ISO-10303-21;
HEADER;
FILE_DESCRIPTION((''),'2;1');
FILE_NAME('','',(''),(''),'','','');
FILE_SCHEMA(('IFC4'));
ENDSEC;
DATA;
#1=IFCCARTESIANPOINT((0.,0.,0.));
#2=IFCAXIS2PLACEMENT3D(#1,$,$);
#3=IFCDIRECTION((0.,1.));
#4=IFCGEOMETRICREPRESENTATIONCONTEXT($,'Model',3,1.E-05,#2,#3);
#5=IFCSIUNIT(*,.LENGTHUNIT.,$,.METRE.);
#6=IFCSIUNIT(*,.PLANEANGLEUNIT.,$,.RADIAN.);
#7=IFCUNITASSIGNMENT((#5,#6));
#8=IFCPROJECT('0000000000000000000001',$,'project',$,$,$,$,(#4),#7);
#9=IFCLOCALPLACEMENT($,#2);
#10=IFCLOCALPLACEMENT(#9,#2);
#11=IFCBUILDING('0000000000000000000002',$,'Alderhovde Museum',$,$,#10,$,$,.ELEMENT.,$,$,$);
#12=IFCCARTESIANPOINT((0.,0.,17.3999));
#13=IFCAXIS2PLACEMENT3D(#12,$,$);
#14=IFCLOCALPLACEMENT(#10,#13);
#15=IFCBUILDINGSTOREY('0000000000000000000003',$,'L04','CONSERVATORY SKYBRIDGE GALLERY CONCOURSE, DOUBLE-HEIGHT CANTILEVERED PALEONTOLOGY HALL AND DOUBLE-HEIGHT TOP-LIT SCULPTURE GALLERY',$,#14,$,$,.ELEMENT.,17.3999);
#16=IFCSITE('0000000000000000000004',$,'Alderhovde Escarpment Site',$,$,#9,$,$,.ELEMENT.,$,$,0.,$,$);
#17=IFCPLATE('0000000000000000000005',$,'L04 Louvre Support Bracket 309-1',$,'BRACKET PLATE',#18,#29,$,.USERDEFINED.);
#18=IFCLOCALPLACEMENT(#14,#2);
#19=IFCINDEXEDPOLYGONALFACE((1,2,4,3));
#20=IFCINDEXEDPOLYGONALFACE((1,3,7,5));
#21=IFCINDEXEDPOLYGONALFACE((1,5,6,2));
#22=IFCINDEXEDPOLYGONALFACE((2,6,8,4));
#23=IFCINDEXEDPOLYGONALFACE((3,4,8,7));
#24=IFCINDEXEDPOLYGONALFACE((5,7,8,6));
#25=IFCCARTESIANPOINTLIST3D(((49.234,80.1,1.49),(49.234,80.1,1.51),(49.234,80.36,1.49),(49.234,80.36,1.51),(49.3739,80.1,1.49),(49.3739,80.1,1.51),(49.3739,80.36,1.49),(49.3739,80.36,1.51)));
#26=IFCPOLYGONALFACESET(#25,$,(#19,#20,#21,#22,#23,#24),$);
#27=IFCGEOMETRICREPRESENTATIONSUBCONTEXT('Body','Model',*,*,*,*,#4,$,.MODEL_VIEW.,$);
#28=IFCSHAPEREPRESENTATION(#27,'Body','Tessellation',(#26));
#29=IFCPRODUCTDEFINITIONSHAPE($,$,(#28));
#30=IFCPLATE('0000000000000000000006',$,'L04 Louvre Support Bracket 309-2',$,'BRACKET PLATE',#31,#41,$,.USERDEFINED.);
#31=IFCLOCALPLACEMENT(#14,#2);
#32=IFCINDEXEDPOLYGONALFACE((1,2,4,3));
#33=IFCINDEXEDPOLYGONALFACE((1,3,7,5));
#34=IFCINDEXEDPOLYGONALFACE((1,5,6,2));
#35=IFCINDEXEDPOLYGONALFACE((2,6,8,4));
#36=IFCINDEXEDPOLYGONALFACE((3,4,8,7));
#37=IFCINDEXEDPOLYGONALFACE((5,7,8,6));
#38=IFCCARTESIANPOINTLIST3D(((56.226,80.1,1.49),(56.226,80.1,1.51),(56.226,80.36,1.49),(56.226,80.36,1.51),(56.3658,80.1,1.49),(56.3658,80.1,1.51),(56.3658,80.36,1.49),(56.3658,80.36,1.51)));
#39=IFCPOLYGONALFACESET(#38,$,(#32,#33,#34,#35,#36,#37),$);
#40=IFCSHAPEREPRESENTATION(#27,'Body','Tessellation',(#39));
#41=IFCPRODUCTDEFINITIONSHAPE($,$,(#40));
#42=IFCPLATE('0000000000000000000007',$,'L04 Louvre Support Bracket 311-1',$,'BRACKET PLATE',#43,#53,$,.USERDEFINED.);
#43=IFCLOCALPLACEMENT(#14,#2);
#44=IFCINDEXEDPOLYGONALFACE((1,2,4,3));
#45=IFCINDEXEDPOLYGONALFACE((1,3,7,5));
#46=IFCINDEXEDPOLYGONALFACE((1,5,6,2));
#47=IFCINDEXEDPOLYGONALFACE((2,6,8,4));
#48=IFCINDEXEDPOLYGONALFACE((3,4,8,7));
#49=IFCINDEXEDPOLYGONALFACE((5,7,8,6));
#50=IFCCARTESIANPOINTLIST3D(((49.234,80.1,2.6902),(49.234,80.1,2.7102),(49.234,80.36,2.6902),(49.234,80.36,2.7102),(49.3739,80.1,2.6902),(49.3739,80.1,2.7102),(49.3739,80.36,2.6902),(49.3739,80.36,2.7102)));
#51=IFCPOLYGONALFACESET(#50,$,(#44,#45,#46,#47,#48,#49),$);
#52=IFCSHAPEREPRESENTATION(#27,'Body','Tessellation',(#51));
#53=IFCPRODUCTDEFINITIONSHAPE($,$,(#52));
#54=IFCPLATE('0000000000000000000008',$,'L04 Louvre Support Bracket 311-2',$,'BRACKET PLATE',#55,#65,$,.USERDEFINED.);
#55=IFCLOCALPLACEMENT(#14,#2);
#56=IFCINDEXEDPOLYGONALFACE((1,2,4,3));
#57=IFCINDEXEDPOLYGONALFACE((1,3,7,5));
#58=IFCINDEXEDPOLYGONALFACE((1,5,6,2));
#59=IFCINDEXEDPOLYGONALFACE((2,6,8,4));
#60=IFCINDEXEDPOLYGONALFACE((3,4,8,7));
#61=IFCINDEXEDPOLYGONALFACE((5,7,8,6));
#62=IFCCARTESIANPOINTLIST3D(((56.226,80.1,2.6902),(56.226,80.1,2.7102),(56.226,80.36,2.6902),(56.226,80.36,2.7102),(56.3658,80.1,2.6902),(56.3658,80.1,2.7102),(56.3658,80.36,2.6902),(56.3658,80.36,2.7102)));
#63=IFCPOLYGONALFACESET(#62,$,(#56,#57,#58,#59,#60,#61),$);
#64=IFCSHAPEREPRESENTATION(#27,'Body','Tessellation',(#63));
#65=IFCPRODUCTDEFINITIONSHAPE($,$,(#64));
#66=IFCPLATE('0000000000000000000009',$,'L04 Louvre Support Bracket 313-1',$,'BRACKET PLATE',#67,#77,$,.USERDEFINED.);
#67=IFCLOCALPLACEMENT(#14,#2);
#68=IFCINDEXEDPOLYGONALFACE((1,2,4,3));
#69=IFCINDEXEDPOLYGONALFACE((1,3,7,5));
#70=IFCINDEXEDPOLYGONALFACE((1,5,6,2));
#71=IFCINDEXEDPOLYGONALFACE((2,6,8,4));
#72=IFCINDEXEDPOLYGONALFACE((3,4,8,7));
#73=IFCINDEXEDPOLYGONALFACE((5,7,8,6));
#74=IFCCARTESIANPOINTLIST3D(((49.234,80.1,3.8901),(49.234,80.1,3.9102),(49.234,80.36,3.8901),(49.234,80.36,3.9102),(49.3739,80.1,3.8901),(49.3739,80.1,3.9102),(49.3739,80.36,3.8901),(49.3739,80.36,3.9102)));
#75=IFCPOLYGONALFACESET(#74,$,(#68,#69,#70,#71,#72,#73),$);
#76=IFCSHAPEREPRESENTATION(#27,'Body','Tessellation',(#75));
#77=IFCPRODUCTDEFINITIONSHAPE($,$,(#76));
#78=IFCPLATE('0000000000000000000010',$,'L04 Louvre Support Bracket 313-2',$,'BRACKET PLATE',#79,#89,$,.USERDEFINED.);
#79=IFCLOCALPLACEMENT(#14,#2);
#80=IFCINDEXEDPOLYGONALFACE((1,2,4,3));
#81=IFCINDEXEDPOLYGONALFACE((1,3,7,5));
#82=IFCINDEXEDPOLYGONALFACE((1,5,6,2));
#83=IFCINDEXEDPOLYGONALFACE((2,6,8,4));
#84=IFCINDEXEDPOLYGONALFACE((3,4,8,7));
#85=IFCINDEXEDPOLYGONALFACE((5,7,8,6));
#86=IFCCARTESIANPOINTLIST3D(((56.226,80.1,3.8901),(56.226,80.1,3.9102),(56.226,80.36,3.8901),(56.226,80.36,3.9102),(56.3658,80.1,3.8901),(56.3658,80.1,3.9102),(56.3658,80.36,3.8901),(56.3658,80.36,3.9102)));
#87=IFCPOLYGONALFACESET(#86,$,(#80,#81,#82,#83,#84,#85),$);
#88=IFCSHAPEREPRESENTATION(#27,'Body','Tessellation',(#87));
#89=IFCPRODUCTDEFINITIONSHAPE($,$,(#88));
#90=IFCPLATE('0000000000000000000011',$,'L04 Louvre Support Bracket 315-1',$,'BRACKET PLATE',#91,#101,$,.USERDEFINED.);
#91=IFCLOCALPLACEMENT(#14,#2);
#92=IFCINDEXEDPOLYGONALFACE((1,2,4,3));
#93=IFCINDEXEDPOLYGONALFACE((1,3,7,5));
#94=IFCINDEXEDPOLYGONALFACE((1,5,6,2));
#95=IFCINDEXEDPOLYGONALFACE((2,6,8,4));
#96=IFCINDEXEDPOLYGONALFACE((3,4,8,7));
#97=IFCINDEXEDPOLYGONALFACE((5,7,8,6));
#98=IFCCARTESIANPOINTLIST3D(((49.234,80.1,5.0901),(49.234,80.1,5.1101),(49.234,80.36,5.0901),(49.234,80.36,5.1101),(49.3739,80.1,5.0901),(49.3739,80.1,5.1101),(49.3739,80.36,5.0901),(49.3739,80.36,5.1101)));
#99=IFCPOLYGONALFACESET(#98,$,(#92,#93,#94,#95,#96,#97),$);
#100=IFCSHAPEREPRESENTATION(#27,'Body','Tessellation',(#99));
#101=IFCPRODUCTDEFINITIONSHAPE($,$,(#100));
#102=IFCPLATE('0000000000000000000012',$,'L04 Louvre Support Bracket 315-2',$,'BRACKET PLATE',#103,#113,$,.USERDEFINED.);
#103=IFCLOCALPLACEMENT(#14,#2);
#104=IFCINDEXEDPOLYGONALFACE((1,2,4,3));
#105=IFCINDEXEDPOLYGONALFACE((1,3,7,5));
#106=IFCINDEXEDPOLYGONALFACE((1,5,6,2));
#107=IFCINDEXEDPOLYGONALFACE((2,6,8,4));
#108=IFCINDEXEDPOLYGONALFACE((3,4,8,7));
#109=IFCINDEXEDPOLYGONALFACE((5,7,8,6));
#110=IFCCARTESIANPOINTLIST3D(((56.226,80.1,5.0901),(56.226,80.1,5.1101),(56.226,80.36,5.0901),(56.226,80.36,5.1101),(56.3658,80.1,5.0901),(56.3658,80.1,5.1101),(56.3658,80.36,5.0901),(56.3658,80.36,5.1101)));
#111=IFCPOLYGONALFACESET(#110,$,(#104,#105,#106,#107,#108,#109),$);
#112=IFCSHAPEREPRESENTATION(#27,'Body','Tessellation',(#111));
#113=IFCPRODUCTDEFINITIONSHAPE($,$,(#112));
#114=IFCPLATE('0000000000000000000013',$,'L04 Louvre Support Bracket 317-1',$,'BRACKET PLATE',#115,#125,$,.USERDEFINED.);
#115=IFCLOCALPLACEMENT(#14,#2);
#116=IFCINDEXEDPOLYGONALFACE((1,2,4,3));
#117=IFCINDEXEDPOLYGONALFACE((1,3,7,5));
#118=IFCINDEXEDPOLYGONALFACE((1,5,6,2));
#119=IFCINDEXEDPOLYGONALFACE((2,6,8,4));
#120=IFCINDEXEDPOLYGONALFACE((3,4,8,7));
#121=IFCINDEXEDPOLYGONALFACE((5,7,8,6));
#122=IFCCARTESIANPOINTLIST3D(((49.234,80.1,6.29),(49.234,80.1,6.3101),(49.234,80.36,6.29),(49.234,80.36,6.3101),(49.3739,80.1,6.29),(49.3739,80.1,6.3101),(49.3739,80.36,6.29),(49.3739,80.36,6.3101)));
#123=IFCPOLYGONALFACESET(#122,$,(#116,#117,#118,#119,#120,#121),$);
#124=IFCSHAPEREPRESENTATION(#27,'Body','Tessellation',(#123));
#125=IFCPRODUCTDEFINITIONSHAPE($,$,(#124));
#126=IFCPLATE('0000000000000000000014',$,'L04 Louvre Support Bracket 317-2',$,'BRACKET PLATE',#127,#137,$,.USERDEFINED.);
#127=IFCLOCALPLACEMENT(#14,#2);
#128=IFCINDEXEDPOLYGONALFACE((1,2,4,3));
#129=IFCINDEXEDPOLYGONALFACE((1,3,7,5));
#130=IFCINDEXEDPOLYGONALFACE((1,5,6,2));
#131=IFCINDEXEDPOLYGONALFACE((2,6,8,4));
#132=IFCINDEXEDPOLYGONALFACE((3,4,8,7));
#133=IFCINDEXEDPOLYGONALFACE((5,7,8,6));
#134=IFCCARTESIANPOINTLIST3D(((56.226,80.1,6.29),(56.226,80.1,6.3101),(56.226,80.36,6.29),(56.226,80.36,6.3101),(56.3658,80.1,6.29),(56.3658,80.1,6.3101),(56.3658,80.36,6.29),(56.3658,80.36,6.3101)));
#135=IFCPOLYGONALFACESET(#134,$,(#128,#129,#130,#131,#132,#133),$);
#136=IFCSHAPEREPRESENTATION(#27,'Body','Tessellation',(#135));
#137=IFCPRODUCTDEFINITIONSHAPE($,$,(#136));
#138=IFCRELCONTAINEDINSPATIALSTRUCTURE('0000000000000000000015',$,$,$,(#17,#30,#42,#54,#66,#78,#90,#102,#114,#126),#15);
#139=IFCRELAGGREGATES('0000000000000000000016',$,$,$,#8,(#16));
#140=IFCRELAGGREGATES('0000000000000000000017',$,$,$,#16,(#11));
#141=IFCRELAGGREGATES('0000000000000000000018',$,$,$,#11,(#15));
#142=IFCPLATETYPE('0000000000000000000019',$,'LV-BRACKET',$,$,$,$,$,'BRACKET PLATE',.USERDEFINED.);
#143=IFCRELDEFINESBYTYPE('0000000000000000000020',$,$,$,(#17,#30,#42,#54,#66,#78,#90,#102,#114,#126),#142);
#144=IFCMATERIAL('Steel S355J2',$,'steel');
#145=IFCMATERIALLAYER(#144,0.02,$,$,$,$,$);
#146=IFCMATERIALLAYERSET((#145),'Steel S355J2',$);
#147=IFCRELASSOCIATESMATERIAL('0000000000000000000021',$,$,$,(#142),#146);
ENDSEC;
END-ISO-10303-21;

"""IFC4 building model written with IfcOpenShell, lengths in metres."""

from ifc_helpers import new_model, si_unit, direction, frame, origin, origin_2d, place, context, subcontext, project, spatial, rectangle, extrude, material, layer, layer_set, type_object, element, save


model = new_model("IFC4")

# Units and contexts
model_context = context("Model", 3, precision=1e-05, world=origin(), true_north=direction((0.0, 1.0)))
body_context = subcontext(model_context, "Body", "Model", "MODEL_VIEW")
ifc_project = project(units=[si_unit("LENGTHUNIT", "METRE"), si_unit("PLANEANGLEUNIT", "RADIAN")], contexts=[model_context])

# Site, building, storey
site_placement = place(None, origin())
site = spatial("IfcSite", under=ifc_project, at=site_placement, Name="Alderhovde Escarpment Site", CompositionType="ELEMENT", RefElevation=0.0)
building_placement = place(site_placement, origin())
building = spatial("IfcBuilding", under=site, at=building_placement, Name="Alderhovde Museum", CompositionType="ELEMENT")
storey_placement = place(building_placement, frame((0.0, 0.0, 17.3999)))
storey = spatial("IfcBuildingStorey", under=building, at=storey_placement, Name="L04", Description="CONSERVATORY SKYBRIDGE GALLERY CONCOURSE, DOUBLE-HEIGHT CANTILEVERED PALEONTOLOGY HALL AND DOUBLE-HEIGHT TOP-LIT SCULPTURE GALLERY", CompositionType="ELEMENT", Elevation=17.3999)

# Plates
ifc_material_1 = material(Name="Steel S355J2", Category="steel")
ifc_layer_1 = layer(ifc_material_1, 0.02)
ifc_layer_set_1 = layer_set([ifc_layer_1], Name="Steel S355J2")
plate_type_1 = type_object("IfcPlateType", Name="LV-BRACKET", ElementType="BRACKET PLATE", PredefinedType="USERDEFINED", material=ifc_layer_set_1)
for number, where, z_axis, x_axis, name in (
    (1, (49.304, 80.23, 1.49), (0.0, 0.0, 1.0), (1.0, 0.0, 0.0), "L04 Louvre Support Bracket 309-1"),
    (2, (56.2959, 80.23, 1.49), (0.0, 0.0, 1.0), (1.0, 0.0, 0.0), "L04 Louvre Support Bracket 309-2"),
    (3, (49.304, 80.23, 2.6902), (0.0, 0.0, 1.0), (1.0, 0.0, 0.0), "L04 Louvre Support Bracket 311-1"),
    (4, (56.2959, 80.23, 2.6902), (0.0, 0.0, 1.0), (1.0, 0.0, 0.0), "L04 Louvre Support Bracket 311-2"),
    (5, (49.304, 80.23, 3.8901), (0.0, 0.0, 1.0), (1.0, 0.0, 0.0), "L04 Louvre Support Bracket 313-1"),
    (6, (56.2959, 80.23, 3.8901), (0.0, 0.0, 1.0), (1.0, 0.0, 0.0), "L04 Louvre Support Bracket 313-2"),
    (7, (49.304, 80.23, 5.0901), (0.0, 0.0, 1.0), (1.0, 0.0, 0.0), "L04 Louvre Support Bracket 315-1"),
    (8, (56.2959, 80.23, 5.0901), (0.0, 0.0, 1.0), (1.0, 0.0, 0.0), "L04 Louvre Support Bracket 315-2"),
    (9, (49.304, 80.23, 6.29), (0.0, 0.0, 1.0), (1.0, 0.0, 0.0), "L04 Louvre Support Bracket 317-1"),
    (10, (56.2959, 80.23, 6.29), (0.0, 0.0, 1.0), (1.0, 0.0, 0.0), "L04 Louvre Support Bracket 317-2"),
):
    element("IfcPlate", number, at=place(storey_placement, frame(where, z_axis=z_axis, x_axis=x_axis)), inside=storey, type_object=plate_type_1, Name=name, ObjectType="BRACKET PLATE", PredefinedType="USERDEFINED", context=body_context, shape_type="SweptSolid", body=[
        extrude(rectangle(XDim=0.1399, YDim=0.26, at=origin_2d()), origin(), (0.0, 0.0, 1.0), 0.02),
    ])

save(model, "model.ifc")
